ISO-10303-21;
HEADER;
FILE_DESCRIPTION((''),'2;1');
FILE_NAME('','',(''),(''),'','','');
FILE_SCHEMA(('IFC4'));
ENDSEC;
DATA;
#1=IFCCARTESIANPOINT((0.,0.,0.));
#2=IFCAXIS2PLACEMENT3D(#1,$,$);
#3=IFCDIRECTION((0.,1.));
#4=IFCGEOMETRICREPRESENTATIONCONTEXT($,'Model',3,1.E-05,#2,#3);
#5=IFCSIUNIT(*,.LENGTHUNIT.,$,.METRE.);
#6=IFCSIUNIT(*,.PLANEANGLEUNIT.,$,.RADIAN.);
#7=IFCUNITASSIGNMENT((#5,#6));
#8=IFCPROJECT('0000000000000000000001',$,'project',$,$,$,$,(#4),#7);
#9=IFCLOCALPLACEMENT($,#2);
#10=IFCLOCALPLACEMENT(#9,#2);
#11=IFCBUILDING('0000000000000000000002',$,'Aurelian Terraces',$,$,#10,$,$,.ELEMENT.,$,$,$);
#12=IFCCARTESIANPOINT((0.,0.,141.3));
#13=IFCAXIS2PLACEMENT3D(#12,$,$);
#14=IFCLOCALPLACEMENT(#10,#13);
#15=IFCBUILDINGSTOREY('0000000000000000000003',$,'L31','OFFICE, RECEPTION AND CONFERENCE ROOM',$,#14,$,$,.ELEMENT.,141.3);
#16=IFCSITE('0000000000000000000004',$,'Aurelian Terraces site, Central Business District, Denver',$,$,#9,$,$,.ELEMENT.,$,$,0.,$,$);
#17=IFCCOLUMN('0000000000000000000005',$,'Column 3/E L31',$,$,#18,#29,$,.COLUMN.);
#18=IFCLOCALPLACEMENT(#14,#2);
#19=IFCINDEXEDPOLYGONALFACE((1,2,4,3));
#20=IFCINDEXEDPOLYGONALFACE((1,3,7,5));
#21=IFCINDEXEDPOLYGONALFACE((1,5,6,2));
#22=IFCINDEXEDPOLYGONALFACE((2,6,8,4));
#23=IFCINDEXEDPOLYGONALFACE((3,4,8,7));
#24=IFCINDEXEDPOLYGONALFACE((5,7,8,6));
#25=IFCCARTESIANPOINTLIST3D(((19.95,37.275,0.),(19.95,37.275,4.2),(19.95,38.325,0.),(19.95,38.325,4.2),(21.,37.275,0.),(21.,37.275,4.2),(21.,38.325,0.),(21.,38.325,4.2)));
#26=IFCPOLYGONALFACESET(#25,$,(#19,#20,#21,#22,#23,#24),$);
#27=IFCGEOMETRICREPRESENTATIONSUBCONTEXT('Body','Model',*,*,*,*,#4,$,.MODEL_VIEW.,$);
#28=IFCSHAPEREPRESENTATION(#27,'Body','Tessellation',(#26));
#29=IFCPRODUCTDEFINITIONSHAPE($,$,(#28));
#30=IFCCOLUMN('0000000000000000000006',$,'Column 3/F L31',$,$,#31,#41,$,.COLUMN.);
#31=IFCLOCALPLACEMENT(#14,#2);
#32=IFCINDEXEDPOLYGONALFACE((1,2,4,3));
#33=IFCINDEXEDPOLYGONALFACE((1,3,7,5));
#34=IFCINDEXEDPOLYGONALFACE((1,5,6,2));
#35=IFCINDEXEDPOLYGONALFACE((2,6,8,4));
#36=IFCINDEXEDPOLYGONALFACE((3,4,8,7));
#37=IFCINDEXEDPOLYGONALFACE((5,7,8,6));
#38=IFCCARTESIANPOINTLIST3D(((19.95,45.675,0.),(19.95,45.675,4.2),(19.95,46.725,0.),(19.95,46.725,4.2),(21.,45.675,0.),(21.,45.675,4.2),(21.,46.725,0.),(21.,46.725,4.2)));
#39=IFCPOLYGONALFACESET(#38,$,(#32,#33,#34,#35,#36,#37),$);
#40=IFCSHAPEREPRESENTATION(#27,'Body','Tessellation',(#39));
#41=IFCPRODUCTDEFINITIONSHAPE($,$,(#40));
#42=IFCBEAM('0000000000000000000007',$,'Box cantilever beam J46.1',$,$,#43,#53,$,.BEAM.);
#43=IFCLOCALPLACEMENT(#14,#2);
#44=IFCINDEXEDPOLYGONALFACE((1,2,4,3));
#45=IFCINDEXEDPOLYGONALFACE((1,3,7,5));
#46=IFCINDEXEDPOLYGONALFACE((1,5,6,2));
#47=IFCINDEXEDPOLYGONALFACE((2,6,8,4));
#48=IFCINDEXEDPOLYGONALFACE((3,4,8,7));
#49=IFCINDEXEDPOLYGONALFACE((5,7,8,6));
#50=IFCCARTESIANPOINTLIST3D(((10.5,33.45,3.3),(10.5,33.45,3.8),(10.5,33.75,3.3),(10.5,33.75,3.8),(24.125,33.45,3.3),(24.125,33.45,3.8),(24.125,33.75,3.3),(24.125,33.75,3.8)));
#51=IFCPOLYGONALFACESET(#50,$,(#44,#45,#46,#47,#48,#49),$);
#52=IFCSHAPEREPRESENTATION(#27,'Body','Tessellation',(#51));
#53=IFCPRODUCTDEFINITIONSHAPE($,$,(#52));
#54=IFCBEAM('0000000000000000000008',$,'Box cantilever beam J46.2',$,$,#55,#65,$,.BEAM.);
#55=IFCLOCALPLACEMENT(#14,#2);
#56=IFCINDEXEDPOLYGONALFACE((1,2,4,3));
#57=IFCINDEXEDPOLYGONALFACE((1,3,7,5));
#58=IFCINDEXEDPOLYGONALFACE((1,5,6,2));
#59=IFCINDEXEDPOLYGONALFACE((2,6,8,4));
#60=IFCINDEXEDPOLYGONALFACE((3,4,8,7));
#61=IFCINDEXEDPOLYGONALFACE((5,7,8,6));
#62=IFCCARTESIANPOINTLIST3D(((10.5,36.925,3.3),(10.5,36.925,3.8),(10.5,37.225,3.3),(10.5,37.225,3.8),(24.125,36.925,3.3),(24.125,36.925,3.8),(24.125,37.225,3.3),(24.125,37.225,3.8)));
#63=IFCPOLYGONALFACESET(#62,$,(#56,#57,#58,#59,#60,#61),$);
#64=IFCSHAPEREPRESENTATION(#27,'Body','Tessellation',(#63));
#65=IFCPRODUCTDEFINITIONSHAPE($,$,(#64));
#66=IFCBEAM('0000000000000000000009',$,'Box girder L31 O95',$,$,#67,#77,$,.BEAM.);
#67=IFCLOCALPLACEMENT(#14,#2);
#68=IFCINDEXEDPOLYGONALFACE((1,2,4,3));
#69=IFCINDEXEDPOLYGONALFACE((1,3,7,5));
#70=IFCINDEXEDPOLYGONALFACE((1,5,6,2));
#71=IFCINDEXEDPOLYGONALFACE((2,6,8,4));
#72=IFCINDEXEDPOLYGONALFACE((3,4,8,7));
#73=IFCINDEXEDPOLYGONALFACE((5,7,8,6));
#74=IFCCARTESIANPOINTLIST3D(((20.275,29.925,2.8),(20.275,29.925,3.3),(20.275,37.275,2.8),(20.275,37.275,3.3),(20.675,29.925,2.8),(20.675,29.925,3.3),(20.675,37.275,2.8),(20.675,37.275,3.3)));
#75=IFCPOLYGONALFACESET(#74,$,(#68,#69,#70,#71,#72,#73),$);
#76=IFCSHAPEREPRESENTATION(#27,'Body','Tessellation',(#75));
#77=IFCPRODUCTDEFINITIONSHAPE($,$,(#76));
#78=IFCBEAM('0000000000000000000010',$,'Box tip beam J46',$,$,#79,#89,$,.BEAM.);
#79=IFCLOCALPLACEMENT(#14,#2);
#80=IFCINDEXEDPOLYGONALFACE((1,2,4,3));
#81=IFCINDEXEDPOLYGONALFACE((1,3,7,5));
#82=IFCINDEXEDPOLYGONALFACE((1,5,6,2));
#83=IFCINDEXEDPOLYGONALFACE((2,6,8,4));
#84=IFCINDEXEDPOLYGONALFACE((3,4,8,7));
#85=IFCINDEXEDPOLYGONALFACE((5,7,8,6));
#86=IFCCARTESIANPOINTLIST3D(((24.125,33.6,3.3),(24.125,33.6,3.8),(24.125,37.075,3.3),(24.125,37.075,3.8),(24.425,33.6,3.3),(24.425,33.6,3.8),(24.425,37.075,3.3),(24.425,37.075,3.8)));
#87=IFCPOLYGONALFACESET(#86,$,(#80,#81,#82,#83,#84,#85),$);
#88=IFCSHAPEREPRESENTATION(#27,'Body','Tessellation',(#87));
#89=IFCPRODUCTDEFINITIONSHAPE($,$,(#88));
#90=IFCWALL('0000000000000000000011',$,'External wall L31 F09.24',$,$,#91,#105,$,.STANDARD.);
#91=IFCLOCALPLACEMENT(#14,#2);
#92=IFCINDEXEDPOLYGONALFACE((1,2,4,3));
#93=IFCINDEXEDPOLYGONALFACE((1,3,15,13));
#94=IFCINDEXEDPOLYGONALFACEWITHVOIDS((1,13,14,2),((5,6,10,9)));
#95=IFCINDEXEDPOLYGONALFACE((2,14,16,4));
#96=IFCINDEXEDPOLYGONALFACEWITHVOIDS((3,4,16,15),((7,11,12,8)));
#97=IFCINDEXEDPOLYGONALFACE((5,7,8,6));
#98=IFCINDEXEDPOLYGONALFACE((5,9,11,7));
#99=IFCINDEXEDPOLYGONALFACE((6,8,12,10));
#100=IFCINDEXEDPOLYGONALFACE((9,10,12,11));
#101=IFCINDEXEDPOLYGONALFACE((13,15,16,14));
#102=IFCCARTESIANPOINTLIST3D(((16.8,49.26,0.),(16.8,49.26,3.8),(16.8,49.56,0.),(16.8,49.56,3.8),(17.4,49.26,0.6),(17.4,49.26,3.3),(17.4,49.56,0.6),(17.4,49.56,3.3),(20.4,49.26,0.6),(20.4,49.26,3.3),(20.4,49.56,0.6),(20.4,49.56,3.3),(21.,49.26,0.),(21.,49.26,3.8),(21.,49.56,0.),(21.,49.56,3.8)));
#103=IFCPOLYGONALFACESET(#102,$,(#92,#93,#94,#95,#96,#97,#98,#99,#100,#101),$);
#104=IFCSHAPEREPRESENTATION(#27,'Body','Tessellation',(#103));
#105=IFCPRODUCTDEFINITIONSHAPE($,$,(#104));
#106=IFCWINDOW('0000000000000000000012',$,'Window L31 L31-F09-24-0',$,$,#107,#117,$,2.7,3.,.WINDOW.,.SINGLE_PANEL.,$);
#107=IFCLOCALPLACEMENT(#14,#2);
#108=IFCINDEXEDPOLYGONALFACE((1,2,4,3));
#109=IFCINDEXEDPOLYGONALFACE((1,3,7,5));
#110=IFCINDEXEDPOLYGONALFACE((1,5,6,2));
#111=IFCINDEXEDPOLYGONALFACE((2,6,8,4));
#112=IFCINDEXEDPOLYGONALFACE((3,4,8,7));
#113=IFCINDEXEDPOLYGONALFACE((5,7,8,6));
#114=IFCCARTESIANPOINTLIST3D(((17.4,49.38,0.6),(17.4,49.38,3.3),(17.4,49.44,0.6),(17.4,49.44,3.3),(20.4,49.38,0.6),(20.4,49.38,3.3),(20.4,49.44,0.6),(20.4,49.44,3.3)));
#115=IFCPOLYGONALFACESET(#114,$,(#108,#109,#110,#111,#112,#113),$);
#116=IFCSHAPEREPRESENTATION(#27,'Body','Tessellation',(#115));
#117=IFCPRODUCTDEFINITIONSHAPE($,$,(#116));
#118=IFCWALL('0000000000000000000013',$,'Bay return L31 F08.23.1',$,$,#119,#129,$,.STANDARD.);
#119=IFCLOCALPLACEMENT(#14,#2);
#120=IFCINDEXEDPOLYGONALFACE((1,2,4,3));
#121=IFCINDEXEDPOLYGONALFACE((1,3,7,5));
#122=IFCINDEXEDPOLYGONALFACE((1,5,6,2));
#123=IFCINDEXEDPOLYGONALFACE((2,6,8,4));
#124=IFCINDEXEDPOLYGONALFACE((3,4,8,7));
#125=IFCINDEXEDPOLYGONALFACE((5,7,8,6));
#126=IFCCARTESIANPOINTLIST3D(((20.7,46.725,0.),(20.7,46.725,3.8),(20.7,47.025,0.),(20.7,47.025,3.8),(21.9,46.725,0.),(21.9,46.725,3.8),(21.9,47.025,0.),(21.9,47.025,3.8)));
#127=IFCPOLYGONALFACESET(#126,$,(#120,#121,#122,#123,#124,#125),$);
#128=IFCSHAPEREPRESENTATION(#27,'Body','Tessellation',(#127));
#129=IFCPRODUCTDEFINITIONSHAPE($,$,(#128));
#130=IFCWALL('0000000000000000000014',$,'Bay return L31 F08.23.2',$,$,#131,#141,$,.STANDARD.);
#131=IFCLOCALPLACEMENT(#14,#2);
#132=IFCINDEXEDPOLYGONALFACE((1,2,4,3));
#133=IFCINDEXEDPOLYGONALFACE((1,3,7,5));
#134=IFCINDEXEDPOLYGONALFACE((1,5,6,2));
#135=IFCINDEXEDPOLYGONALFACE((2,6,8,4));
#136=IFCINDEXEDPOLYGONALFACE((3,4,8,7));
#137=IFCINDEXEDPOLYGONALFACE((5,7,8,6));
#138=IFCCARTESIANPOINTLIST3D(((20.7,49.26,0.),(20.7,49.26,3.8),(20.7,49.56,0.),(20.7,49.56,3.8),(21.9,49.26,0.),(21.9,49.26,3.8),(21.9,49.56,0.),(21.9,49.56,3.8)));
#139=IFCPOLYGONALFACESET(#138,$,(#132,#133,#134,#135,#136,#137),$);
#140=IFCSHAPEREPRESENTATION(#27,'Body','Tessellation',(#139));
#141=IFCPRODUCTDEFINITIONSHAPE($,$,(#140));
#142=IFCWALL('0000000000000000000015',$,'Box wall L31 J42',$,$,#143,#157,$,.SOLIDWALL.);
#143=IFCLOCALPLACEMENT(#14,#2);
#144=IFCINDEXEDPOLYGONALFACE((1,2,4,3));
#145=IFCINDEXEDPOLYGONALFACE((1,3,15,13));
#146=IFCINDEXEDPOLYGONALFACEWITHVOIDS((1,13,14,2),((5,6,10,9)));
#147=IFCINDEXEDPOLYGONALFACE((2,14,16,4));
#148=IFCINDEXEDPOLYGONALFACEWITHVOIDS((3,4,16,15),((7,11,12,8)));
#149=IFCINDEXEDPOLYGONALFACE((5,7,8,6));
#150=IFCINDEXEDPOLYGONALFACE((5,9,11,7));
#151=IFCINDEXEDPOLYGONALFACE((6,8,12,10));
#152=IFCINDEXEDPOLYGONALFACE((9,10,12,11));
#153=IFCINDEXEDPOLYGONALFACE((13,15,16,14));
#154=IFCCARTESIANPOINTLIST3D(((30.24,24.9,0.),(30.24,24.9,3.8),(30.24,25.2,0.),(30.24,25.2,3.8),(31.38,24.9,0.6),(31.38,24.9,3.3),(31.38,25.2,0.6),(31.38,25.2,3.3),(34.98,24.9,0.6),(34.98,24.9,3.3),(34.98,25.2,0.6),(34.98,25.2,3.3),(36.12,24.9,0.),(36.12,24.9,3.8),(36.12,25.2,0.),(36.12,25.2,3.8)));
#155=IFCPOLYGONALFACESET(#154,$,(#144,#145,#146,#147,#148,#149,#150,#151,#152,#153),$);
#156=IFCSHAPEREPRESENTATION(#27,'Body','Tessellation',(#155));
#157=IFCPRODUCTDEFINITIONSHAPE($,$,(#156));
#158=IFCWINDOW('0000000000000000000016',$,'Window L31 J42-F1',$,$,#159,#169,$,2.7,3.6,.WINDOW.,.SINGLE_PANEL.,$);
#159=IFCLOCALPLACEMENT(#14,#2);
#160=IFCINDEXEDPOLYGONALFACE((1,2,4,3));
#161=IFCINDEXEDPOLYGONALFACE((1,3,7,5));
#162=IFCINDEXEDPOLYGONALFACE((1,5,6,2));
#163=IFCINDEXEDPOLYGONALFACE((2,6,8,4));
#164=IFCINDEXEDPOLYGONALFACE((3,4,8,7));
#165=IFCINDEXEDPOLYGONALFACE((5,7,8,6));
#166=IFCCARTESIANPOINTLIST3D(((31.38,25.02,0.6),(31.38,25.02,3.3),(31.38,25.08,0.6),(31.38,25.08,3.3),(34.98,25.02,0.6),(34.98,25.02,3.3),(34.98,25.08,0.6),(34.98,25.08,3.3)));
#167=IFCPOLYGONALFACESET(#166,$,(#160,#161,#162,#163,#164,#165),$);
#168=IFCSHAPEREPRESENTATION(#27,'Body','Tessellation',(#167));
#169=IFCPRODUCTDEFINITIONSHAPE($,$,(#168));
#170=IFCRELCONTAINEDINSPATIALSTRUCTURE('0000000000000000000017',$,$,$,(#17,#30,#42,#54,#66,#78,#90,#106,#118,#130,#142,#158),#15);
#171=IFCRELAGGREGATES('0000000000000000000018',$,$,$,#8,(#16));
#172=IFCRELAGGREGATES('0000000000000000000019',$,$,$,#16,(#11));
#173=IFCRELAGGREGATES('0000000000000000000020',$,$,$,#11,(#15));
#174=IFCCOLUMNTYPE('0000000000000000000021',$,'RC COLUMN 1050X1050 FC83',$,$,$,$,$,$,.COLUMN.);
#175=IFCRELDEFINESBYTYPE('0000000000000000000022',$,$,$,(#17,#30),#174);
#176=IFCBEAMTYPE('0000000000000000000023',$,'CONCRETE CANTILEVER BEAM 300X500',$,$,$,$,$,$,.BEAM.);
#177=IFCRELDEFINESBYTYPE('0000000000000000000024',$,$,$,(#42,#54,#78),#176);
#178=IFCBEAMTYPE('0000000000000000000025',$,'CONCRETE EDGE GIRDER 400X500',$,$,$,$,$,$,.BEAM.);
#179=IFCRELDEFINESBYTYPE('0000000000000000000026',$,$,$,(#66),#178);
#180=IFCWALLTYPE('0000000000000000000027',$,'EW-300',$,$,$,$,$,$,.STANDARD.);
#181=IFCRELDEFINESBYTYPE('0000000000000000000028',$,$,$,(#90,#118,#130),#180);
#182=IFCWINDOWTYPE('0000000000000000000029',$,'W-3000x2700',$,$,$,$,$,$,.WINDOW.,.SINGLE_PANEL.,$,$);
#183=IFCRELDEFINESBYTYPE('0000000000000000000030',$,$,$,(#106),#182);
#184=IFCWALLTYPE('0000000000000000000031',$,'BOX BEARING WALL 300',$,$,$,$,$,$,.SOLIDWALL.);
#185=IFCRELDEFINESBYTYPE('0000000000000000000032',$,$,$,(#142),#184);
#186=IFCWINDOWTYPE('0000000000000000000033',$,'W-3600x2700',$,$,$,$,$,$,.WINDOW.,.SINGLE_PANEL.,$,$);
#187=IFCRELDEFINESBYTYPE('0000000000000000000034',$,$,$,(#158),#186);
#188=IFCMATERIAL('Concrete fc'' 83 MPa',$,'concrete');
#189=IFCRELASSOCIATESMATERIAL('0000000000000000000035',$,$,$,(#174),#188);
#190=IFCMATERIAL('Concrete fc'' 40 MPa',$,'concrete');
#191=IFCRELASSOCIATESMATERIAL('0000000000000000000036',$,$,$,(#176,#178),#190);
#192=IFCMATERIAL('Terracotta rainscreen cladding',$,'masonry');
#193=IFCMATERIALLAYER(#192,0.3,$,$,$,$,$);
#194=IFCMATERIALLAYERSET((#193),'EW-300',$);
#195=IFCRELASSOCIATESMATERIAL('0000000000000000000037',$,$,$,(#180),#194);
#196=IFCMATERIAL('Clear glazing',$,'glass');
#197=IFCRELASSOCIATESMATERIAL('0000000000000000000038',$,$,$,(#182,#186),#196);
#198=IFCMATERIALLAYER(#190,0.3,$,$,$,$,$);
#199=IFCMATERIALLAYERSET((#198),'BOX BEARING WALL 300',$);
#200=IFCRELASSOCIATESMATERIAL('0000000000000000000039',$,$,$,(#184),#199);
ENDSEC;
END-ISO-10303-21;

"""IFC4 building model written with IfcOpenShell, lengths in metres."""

from ifc_helpers import new_model, si_unit, direction, frame, frame_2d, origin, origin_2d, place, context, subcontext, project, spatial, rectangle, extrude, source, transform, mapped, material, layer, layer_set, material_profile, profile_set, type_object, element, fill, save


model = new_model("IFC4")

# Units and contexts
model_context = context("Model", 3, precision=1e-05, world=origin(), true_north=direction((0.0, 1.0)))
body_context = subcontext(model_context, "Body", "Model", "MODEL_VIEW")
ifc_project = project(units=[si_unit("LENGTHUNIT", "METRE"), si_unit("PLANEANGLEUNIT", "RADIAN")], contexts=[model_context])

# Site, building, storey
site_placement = place(None, origin())
site = spatial("IfcSite", under=ifc_project, at=site_placement, Name="Aurelian Terraces site, Central Business District, Denver", CompositionType="ELEMENT", RefElevation=0.0)
building_placement = place(site_placement, origin())
building = spatial("IfcBuilding", under=site, at=building_placement, Name="Aurelian Terraces", CompositionType="ELEMENT")
storey_placement = place(building_placement, frame((0.0, 0.0, 141.3)))
storey = spatial("IfcBuildingStorey", under=building, at=storey_placement, Name="L31", Description="OFFICE, RECEPTION AND CONFERENCE ROOM", CompositionType="ELEMENT", Elevation=141.3)

# Columns
ifc_material_1 = material(Name="Concrete fc' 83 MPa", Category="concrete")
ifc_material_profile_1 = material_profile(ifc_material_1, rectangle(XDim=1.05, YDim=1.05, at=origin_2d()))
ifc_profile_set_1 = profile_set([ifc_material_profile_1], Name="Concrete fc' 83 MPa")
column_type = type_object("IfcColumnType", Name="RC COLUMN 1050X1050 FC83", PredefinedType="COLUMN", material=ifc_profile_set_1)
shared_shape_1 = source(origin(), body_context, "Body", "SweptSolid", [
    extrude(rectangle(XDim=1.05, YDim=1.05, at=origin_2d()), origin(), (0.0, 0.0, 1.0), 4.2),
])
for number, where, z_axis, x_axis, name in (
    (1, (20.475, 37.8, 0.0), (0.0, 0.0, 1.0), (1.0, 0.0, 0.0), "Column 3/E L31"),
    (2, (20.475, 46.2, 0.0), (0.0, 0.0, 1.0), (1.0, 0.0, 0.0), "Column 3/F L31"),
):
    element("IfcColumn", number, at=place(storey_placement, frame(where, z_axis=z_axis, x_axis=x_axis)), inside=storey, type_object=column_type, Name=name, PredefinedType="COLUMN", context=body_context, shape_type="MappedRepresentation", body=[
        mapped(shared_shape_1, transform((0.0, 0.0, 0.0), scale=1.0)),
    ])

# Beams
ifc_material_2 = material(Name="Concrete fc' 40 MPa", Category="concrete")
ifc_material_profile_2 = material_profile(ifc_material_2, rectangle(XDim=0.3, YDim=0.5, at=origin_2d()))
ifc_profile_set_2 = profile_set([ifc_material_profile_2], Name="Concrete fc' 40 MPa")
beam_type_1 = type_object("IfcBeamType", Name="CONCRETE CANTILEVER BEAM 300X500", PredefinedType="BEAM", material=ifc_profile_set_2)
shared_shape_2 = source(origin(), body_context, "Body", "SweptSolid", [
    extrude(rectangle(XDim=0.3, YDim=0.5, at=origin_2d()), origin(), (0.0, 0.0, 1.0), 13.625),
])
for number, where, z_axis, x_axis, name in (
    (3, (24.125, 33.6, 3.55), (-1.0, 0.0, 0.0), (0.0, -1.0, 0.0), "Box cantilever beam J46.1"),
    (4, (24.125, 37.075, 3.55), (-1.0, 0.0, 0.0), (0.0, -1.0, 0.0), "Box cantilever beam J46.2"),
):
    element("IfcBeam", number, at=place(storey_placement, frame(where, z_axis=z_axis, x_axis=x_axis)), inside=storey, type_object=beam_type_1, Name=name, PredefinedType="BEAM", context=body_context, shape_type="MappedRepresentation", body=[
        mapped(shared_shape_2, transform((0.0, 0.0, 0.0), scale=1.0)),
    ])
ifc_material_profile_3 = material_profile(ifc_material_2, rectangle(XDim=0.4, YDim=0.5, at=origin_2d()))
ifc_profile_set_3 = profile_set([ifc_material_profile_3], Name="Concrete fc' 40 MPa")
beam_type_2 = type_object("IfcBeamType", Name="CONCRETE EDGE GIRDER 400X500", PredefinedType="BEAM", material=ifc_profile_set_3)
shared_shape_3 = source(origin(), body_context, "Body", "SweptSolid", [
    extrude(rectangle(XDim=0.4, YDim=0.5, at=origin_2d()), origin(), (0.0, 0.0, 1.0), 7.35),
])
beam_1_placement = place(storey_placement, frame((20.475, 29.925, 3.05), z_axis=(0.0, 1.0, 0.0), x_axis=(-1.0, 0.0, 0.0)))
element("IfcBeam", 5, at=beam_1_placement, inside=storey, type_object=beam_type_2, Name="Box girder L31 O95", PredefinedType="BEAM", context=body_context, shape_type="MappedRepresentation", body=[
    mapped(shared_shape_3, transform((0.0, 0.0, 0.0), scale=1.0)),
])
shared_shape_4 = source(origin(), body_context, "Body", "SweptSolid", [
    extrude(rectangle(XDim=0.3, YDim=0.5, at=origin_2d()), origin(), (0.0, 0.0, 1.0), 3.475),
])
beam_2_placement = place(storey_placement, frame((24.275, 33.6, 3.55), z_axis=(0.0, 1.0, 0.0), x_axis=(-1.0, 0.0, 0.0)))
element("IfcBeam", 6, at=beam_2_placement, inside=storey, type_object=beam_type_1, Name="Box tip beam J46", PredefinedType="BEAM", context=body_context, shape_type="MappedRepresentation", body=[
    mapped(shared_shape_4, transform((0.0, 0.0, 0.0), scale=1.0)),
])

# Wall, opening, window
ifc_material_3 = material(Name="Terracotta rainscreen cladding", Category="masonry")
ifc_layer_1 = layer(ifc_material_3, 0.3)
ifc_layer_set_1 = layer_set([ifc_layer_1], Name="EW-300")
wall_type_1 = type_object("IfcWallType", Name="EW-300", PredefinedType="STANDARD", material=ifc_layer_set_1)
shared_shape_5 = source(origin(), body_context, "Body", "SweptSolid", [
    extrude(rectangle(XDim=4.2, YDim=0.3, at=frame_2d((2.1, 0.0))), origin(), (0.0, 0.0, 1.0), 3.8),
])
wall_1_placement = place(storey_placement, frame((21.0, 49.41, 0.0), z_axis=(0.0, 0.0, 1.0), x_axis=(-1.0, 0.0, 0.0)))
wall_1 = element("IfcWall", 7, at=wall_1_placement, inside=storey, type_object=wall_type_1, Name="External wall L31 F09.24", PredefinedType="STANDARD", context=body_context, shape_type="MappedRepresentation", body=[
    mapped(shared_shape_5, transform((0.0, 0.0, 0.0), scale=1.0)),
])
shared_shape_6 = source(origin(), body_context, "Body", "SweptSolid", [
    extrude(rectangle(XDim=3.0, YDim=2.7, at=frame_2d((1.5, 1.35))), frame((0.0, 0.16, 0.0), z_axis=(0.0, -1.0, 0.0), x_axis=(1.0, 0.0, 0.0)), (0.0, 0.0, 1.0), 0.32),
])
opening_1_placement = place(wall_1_placement, frame((0.6, 0.0, 0.6)))
opening_1 = element("IfcOpeningElement", 8, at=opening_1_placement, cuts=wall_1, PredefinedType="OPENING", context=body_context, shape_type="MappedRepresentation", body=[
    mapped(shared_shape_6, transform((0.0, 0.0, 0.0), scale=1.0)),
])
ifc_material_4 = material(Name="Clear glazing", Category="glass")
window_type_1 = type_object("IfcWindowType", Name="W-3000x2700", PartitioningType="SINGLE_PANEL", PredefinedType="WINDOW", material=ifc_material_4)
shared_shape_7 = source(origin(), body_context, "Body", "SweptSolid", [
    extrude(rectangle(XDim=3.0, YDim=2.7, at=frame_2d((1.5, 1.35))), frame((0.0, 0.03, 0.0), z_axis=(0.0, -1.0, 0.0), x_axis=(1.0, 0.0, 0.0)), (0.0, 0.0, 1.0), 0.06),
])
window_1_placement = place(opening_1_placement, origin())
window_1 = element("IfcWindow", 9, at=window_1_placement, inside=storey, type_object=window_type_1, Name="Window L31 L31-F09-24-0", OverallHeight=2.7, OverallWidth=3.0, PartitioningType="SINGLE_PANEL", PredefinedType="WINDOW", context=body_context, shape_type="MappedRepresentation", body=[
    mapped(shared_shape_7, transform((0.0, 0.0, 0.0), scale=1.0)),
])
fill(opening_1, window_1)

# Walls
shared_shape_8 = source(origin(), body_context, "Body", "SweptSolid", [
    extrude(rectangle(XDim=1.2, YDim=0.3, at=frame_2d((0.6, 0.0))), origin(), (0.0, 0.0, 1.0), 3.8),
])
for number, where, z_axis, x_axis, name in (
    (10, (20.7, 46.875, 0.0), (0.0, 0.0, 1.0), (1.0, 0.0, 0.0), "Bay return L31 F08.23.1"),
    (11, (20.7, 49.41, 0.0), (0.0, 0.0, 1.0), (1.0, 0.0, 0.0), "Bay return L31 F08.23.2"),
):
    element("IfcWall", number, at=place(storey_placement, frame(where, z_axis=z_axis, x_axis=x_axis)), inside=storey, type_object=wall_type_1, Name=name, PredefinedType="STANDARD", context=body_context, shape_type="MappedRepresentation", body=[
        mapped(shared_shape_8, transform((0.0, 0.0, 0.0), scale=1.0)),
    ])

# Wall, opening, window
ifc_layer_2 = layer(ifc_material_2, 0.3)
ifc_layer_set_2 = layer_set([ifc_layer_2], Name="BOX BEARING WALL 300")
wall_type_2 = type_object("IfcWallType", Name="BOX BEARING WALL 300", PredefinedType="SOLIDWALL", material=ifc_layer_set_2)
shared_shape_9 = source(origin(), body_context, "Body", "SweptSolid", [
    extrude(rectangle(XDim=5.88, YDim=0.3, at=frame_2d((2.94, 0.0))), origin(), (0.0, 0.0, 1.0), 3.8),
])
wall_2_placement = place(storey_placement, frame((36.12, 25.05, 0.0), z_axis=(0.0, 0.0, 1.0), x_axis=(-1.0, 0.0, 0.0)))
wall_2 = element("IfcWall", 12, at=wall_2_placement, inside=storey, type_object=wall_type_2, Name="Box wall L31 J42", PredefinedType="SOLIDWALL", context=body_context, shape_type="MappedRepresentation", body=[
    mapped(shared_shape_9, transform((0.0, 0.0, 0.0), scale=1.0)),
])
shared_shape_10 = source(origin(), body_context, "Body", "SweptSolid", [
    extrude(rectangle(XDim=3.6, YDim=2.7, at=frame_2d((1.8, 1.35))), frame((0.0, 0.16, 0.0), z_axis=(0.0, -1.0, 0.0), x_axis=(1.0, 0.0, 0.0)), (0.0, 0.0, 1.0), 0.32),
])
opening_2_placement = place(wall_2_placement, frame((1.14, 0.0, 0.6)))
opening_2 = element("IfcOpeningElement", 13, at=opening_2_placement, cuts=wall_2, PredefinedType="OPENING", context=body_context, shape_type="MappedRepresentation", body=[
    mapped(shared_shape_10, transform((0.0, 0.0, 0.0), scale=1.0)),
])
window_type_2 = type_object("IfcWindowType", Name="W-3600x2700", PartitioningType="SINGLE_PANEL", PredefinedType="WINDOW", material=ifc_material_4)
shared_shape_11 = source(origin(), body_context, "Body", "SweptSolid", [
    extrude(rectangle(XDim=3.6, YDim=2.7, at=frame_2d((1.8, 1.35))), frame((0.0, 0.03, 0.0), z_axis=(0.0, -1.0, 0.0), x_axis=(1.0, 0.0, 0.0)), (0.0, 0.0, 1.0), 0.06),
])
window_2_placement = place(opening_2_placement, origin())
window_2 = element("IfcWindow", 14, at=window_2_placement, inside=storey, type_object=window_type_2, Name="Window L31 J42-F1", OverallHeight=2.7, OverallWidth=3.6, PartitioningType="SINGLE_PANEL", PredefinedType="WINDOW", context=body_context, shape_type="MappedRepresentation", body=[
    mapped(shared_shape_11, transform((0.0, 0.0, 0.0), scale=1.0)),
])
fill(opening_2, window_2)

save(model, "model.ifc")
